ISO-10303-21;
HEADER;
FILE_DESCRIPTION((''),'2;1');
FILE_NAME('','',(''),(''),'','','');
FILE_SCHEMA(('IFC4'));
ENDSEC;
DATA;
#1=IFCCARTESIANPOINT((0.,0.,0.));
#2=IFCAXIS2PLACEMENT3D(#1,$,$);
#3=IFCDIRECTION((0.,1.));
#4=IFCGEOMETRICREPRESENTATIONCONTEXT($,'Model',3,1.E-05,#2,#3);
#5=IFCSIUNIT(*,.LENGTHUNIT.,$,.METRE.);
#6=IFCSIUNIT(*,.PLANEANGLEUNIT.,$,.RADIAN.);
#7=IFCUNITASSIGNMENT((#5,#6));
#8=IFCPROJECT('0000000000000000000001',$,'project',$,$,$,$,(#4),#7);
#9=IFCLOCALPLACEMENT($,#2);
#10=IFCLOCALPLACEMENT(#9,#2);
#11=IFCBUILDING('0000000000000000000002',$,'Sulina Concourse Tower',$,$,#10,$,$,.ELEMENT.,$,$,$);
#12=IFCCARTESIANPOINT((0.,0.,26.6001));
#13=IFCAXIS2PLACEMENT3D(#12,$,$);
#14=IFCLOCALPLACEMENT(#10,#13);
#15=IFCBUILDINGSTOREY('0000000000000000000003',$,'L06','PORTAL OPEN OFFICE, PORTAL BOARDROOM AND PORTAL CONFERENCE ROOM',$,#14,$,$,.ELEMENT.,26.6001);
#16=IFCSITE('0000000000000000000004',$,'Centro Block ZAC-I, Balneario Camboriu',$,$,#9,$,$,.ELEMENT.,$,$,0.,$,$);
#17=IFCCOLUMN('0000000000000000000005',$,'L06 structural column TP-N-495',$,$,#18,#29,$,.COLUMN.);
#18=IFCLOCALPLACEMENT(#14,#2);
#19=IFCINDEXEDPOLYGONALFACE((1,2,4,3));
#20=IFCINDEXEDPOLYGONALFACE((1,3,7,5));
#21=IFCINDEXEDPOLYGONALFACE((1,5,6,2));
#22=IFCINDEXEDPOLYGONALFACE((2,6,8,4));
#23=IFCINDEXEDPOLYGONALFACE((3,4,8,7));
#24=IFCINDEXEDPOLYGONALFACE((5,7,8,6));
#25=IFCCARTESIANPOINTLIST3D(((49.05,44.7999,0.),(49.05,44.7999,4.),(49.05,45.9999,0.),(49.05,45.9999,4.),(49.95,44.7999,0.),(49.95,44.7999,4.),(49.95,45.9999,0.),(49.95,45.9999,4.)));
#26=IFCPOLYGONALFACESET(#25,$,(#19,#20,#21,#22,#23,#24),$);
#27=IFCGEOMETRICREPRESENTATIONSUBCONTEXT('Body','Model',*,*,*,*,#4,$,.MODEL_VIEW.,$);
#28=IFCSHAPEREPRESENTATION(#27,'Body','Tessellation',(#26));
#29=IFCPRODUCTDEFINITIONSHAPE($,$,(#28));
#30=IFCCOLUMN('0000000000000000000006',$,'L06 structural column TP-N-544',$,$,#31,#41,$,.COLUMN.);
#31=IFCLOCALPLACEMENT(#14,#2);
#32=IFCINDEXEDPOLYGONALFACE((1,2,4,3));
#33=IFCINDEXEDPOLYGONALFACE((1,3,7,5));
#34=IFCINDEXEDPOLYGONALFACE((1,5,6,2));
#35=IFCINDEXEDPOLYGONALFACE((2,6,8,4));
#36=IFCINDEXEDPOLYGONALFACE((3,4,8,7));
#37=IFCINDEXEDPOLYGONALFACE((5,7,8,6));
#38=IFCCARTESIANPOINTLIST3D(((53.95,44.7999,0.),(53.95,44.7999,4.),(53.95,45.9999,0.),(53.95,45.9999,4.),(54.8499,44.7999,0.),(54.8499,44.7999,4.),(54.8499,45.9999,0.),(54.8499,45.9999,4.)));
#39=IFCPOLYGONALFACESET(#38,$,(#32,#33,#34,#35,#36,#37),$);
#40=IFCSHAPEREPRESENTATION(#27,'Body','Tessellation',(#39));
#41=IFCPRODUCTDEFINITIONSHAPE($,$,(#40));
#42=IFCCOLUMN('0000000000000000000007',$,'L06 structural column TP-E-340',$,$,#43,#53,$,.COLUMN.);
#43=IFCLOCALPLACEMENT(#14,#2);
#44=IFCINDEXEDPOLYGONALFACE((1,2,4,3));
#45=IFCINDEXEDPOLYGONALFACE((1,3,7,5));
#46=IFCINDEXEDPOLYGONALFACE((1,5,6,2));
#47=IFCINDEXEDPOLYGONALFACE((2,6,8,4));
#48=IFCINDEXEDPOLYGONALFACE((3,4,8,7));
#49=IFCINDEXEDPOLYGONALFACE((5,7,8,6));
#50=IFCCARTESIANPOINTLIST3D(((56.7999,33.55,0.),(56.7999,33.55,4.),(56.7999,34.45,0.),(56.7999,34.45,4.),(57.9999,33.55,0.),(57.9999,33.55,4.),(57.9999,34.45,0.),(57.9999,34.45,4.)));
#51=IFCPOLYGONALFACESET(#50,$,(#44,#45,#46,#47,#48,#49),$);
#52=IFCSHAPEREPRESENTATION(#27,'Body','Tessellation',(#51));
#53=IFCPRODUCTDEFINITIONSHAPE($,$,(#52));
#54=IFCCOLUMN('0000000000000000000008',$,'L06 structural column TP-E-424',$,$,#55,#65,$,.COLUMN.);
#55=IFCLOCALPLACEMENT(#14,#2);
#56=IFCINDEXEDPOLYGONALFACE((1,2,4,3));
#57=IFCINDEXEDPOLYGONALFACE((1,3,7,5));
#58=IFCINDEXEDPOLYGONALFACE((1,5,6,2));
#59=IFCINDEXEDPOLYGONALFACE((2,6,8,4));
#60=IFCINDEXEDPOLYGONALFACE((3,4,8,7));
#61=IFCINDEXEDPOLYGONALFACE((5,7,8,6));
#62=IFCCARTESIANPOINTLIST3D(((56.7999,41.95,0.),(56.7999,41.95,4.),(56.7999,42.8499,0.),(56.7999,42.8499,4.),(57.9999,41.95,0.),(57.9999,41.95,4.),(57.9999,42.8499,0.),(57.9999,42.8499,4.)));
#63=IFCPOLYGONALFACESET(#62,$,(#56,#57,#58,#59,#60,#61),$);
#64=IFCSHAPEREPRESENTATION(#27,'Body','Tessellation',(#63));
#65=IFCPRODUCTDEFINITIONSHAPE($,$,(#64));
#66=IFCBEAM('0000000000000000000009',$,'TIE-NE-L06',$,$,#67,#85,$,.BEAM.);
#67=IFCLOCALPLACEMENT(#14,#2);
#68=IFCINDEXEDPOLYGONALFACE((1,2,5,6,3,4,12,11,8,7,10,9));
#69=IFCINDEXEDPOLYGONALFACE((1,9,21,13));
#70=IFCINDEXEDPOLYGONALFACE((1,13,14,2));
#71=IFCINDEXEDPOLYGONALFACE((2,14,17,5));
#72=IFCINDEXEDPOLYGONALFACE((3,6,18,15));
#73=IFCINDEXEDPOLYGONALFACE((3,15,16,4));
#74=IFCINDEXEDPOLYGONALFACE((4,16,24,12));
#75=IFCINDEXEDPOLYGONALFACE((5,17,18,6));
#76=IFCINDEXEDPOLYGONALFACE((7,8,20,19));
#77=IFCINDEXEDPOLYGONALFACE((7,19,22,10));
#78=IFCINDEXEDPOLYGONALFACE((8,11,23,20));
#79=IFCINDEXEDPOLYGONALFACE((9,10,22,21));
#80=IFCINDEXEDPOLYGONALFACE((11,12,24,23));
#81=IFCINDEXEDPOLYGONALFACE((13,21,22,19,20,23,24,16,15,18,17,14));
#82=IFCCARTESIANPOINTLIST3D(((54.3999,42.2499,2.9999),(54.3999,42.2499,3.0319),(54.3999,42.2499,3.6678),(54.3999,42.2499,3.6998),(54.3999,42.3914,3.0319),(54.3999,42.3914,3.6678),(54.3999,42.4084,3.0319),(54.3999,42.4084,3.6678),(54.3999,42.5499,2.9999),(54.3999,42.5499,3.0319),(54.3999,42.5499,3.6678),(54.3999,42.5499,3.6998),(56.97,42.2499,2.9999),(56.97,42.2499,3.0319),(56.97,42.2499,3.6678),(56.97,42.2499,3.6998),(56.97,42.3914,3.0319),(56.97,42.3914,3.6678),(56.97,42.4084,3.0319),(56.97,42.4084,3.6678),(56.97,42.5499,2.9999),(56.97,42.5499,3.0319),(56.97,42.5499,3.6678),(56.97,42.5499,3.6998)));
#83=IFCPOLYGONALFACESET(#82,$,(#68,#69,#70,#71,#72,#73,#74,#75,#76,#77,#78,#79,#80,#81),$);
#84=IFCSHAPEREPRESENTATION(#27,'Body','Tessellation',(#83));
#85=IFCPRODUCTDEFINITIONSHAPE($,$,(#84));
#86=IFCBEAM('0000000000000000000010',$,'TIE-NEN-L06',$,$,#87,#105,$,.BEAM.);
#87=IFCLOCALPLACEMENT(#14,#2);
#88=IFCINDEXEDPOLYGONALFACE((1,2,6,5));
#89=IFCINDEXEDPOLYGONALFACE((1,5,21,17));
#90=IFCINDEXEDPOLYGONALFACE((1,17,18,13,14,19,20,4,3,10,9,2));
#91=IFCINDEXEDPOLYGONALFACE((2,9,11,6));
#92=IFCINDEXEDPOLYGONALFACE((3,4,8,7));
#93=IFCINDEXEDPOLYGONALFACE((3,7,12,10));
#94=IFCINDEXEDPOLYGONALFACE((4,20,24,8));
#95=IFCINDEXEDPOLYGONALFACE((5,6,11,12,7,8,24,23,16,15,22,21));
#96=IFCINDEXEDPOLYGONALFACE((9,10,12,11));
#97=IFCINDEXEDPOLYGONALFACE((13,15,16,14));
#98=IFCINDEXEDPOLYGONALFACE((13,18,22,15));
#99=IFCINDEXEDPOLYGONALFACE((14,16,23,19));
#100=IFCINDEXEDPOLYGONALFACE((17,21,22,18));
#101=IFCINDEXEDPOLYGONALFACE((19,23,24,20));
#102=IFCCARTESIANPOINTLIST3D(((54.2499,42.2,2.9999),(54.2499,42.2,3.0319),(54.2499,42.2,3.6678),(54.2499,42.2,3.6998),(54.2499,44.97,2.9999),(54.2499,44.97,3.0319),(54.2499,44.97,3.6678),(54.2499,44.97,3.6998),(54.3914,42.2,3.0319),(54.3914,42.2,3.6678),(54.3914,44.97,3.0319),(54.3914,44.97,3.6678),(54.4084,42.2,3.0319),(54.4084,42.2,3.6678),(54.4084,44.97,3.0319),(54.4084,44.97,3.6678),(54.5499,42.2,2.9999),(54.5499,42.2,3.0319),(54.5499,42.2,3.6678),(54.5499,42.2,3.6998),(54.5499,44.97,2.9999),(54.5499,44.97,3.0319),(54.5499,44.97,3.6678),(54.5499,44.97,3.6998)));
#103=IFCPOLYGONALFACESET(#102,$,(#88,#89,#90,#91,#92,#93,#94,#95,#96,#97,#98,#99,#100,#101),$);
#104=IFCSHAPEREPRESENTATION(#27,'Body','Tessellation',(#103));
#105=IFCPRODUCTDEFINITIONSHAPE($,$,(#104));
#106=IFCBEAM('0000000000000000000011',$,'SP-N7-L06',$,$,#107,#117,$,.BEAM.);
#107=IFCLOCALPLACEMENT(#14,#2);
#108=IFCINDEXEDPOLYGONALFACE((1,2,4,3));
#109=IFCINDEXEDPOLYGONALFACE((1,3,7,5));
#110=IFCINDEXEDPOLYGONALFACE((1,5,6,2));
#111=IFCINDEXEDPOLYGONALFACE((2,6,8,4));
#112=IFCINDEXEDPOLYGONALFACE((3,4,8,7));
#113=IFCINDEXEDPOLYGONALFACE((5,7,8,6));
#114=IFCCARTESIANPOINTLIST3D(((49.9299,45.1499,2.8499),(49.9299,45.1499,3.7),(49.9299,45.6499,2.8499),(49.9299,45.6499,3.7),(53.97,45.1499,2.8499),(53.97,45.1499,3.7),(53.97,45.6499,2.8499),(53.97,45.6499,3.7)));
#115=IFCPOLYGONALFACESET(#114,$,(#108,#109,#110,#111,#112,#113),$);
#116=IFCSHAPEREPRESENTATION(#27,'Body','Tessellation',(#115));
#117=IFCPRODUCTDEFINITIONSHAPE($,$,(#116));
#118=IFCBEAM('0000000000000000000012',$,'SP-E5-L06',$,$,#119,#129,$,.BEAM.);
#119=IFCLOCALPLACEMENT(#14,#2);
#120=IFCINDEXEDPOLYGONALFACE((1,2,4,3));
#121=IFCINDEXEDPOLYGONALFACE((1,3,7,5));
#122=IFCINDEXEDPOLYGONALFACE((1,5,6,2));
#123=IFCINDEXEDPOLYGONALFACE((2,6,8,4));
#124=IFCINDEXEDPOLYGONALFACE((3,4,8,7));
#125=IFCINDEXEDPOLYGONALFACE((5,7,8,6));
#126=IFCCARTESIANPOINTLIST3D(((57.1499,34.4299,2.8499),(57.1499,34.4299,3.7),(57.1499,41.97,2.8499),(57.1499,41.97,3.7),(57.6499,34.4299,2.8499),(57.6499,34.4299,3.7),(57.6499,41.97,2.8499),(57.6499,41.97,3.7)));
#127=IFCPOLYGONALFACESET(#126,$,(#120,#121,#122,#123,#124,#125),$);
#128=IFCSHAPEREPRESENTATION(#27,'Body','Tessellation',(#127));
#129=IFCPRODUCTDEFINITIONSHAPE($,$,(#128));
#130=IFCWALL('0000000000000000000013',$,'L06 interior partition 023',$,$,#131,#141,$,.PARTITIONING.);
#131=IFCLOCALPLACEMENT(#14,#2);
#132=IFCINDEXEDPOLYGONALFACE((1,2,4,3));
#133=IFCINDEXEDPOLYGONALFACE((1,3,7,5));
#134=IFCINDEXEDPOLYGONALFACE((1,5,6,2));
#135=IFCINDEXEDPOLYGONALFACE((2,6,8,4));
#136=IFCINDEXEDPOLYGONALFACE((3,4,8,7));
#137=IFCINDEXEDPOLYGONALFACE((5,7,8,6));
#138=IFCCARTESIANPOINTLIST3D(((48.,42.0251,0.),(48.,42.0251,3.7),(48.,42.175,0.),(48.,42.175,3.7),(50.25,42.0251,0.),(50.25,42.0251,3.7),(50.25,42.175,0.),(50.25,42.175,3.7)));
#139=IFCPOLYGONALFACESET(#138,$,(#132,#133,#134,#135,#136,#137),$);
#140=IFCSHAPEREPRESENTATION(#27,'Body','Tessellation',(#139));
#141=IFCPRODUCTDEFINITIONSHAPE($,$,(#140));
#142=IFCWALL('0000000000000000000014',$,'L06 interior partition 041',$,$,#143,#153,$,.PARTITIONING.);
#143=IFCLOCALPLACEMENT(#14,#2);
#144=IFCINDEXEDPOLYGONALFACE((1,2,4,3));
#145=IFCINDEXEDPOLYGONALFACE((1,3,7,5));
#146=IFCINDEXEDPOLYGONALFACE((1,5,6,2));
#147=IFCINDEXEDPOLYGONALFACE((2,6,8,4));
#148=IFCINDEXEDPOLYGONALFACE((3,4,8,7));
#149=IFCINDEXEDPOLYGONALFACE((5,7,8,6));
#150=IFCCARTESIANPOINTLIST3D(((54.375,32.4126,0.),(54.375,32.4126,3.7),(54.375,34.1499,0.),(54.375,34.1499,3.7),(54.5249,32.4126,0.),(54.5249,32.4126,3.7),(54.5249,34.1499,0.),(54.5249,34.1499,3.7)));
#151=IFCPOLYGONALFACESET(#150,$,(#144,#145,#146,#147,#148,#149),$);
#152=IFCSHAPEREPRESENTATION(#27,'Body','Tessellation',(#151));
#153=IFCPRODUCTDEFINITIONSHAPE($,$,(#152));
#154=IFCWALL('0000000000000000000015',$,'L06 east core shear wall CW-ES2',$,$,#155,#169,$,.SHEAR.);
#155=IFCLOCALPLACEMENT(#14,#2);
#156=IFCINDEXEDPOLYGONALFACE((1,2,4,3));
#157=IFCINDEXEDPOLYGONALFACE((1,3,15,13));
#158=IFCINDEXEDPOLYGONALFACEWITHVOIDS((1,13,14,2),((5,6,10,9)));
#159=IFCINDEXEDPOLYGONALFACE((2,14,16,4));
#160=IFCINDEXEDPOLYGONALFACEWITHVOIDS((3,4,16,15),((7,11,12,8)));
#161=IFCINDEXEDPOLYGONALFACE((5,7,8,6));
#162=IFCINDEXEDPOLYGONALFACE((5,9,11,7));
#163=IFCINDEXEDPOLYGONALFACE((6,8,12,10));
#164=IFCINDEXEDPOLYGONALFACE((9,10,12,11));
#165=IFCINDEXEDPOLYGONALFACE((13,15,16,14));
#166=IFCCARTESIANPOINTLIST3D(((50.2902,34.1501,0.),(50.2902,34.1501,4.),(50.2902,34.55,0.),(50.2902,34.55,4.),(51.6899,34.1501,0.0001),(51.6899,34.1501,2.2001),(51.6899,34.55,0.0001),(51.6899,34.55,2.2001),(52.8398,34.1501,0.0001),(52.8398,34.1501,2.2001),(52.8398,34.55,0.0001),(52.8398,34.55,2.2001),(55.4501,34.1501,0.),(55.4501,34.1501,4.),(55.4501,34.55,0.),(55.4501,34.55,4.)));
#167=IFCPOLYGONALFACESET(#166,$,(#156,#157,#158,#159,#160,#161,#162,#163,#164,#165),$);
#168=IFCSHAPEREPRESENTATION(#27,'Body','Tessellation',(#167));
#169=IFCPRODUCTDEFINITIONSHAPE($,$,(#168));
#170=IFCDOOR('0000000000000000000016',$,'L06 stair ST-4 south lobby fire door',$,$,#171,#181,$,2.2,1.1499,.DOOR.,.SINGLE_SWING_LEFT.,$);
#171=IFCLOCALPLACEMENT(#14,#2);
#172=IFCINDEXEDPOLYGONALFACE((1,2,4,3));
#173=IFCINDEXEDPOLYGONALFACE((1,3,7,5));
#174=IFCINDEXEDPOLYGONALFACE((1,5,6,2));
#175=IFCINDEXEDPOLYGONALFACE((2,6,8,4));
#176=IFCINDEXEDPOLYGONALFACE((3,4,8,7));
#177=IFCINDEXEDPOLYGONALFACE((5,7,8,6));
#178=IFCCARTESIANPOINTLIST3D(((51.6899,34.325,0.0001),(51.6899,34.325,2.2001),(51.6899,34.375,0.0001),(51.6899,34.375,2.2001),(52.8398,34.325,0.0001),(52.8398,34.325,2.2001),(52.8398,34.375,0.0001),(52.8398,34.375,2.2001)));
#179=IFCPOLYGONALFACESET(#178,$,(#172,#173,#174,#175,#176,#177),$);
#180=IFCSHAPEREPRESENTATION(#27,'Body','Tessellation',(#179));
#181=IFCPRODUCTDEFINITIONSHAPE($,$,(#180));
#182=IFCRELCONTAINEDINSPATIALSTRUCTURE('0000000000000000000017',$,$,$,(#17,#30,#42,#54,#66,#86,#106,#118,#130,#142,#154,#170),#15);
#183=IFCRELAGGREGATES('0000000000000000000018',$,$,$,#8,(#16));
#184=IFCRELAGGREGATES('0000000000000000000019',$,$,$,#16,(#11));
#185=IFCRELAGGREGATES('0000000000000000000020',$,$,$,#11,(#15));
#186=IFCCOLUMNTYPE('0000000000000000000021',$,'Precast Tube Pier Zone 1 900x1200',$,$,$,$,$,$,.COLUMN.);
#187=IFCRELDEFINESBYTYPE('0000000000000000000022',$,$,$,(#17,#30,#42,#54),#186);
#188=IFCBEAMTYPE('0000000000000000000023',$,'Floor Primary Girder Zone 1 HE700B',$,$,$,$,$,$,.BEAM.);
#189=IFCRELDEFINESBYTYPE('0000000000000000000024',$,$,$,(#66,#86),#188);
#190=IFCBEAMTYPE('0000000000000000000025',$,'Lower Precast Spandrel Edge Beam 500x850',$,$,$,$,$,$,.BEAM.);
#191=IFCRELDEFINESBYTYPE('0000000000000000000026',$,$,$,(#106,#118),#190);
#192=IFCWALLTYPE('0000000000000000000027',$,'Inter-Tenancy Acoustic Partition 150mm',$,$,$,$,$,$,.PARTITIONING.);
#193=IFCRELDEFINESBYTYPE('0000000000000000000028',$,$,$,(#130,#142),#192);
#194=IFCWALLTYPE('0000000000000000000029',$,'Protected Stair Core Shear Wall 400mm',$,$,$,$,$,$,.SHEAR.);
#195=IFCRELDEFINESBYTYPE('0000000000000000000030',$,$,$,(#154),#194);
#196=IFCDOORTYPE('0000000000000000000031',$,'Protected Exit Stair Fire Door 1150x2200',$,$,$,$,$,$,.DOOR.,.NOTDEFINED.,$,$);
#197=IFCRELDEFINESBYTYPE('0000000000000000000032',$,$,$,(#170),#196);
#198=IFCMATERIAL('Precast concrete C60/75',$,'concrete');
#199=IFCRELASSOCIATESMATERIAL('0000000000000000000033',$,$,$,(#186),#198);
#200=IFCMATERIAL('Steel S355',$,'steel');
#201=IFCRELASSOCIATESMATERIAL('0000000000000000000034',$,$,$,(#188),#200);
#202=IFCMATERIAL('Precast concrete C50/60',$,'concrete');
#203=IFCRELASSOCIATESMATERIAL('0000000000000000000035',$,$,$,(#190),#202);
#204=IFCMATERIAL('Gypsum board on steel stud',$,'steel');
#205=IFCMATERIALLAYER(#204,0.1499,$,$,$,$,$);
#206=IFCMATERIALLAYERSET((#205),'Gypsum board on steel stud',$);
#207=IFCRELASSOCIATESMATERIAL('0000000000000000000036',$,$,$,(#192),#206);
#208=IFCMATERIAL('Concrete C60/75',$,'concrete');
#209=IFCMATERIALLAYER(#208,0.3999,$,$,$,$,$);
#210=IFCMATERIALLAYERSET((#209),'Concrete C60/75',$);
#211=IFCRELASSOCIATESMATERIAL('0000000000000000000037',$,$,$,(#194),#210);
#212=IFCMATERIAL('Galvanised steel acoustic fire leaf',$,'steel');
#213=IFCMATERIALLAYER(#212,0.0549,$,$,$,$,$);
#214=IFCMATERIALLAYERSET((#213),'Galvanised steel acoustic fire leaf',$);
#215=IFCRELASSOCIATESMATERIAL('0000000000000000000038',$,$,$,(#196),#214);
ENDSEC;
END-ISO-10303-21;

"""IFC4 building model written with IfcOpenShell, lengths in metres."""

from ifc_helpers import new_model, si_unit, direction, frame, frame_2d, origin, origin_2d, place, context, subcontext, project, spatial, rectangle, i_section, extrude, material, layer, layer_set, material_profile, profile_set, type_object, element, fill, save


model = new_model("IFC4")

# Units and contexts
model_context = context("Model", 3, precision=1e-05, world=origin(), true_north=direction((0.0, 1.0)))
body_context = subcontext(model_context, "Body", "Model", "MODEL_VIEW")
ifc_project = project(units=[si_unit("LENGTHUNIT", "METRE"), si_unit("PLANEANGLEUNIT", "RADIAN")], contexts=[model_context])

# Site, building, storey
site_placement = place(None, origin())
site = spatial("IfcSite", under=ifc_project, at=site_placement, Name="Centro Block ZAC-I, Balneario Camboriu", CompositionType="ELEMENT", RefElevation=0.0)
building_placement = place(site_placement, origin())
building = spatial("IfcBuilding", under=site, at=building_placement, Name="Sulina Concourse Tower", CompositionType="ELEMENT")
storey_placement = place(building_placement, frame((0.0, 0.0, 26.6001)))
storey = spatial("IfcBuildingStorey", under=building, at=storey_placement, Name="L06", Description="PORTAL OPEN OFFICE, PORTAL BOARDROOM AND PORTAL CONFERENCE ROOM", CompositionType="ELEMENT", Elevation=26.6001)

# Columns
ifc_material_1 = material(Name="Precast concrete C60/75", Category="concrete")
ifc_material_profile_1 = material_profile(ifc_material_1, rectangle(XDim=0.8999, YDim=1.2, at=origin_2d()), Name="PC 900x1200")
ifc_profile_set_1 = profile_set([ifc_material_profile_1], Name="Precast concrete C60/75")
column_type = type_object("IfcColumnType", Name="Precast Tube Pier Zone 1 900x1200", PredefinedType="COLUMN", material=ifc_profile_set_1)
for number, where, z_axis, x_axis, name in (
    (1, (49.5, 45.3999, 0.0), (0.0, 0.0, 1.0), (1.0, 0.0, 0.0), "L06 structural column TP-N-495"),
    (2, (54.3999, 45.3999, 0.0), (0.0, 0.0, 1.0), (1.0, 0.0, 0.0), "L06 structural column TP-N-544"),
    (3, (57.3999, 34.0, 0.0), (0.0, 0.0, 1.0), (0.0, 1.0, 0.0), "L06 structural column TP-E-340"),
    (4, (57.3999, 42.3999, 0.0), (0.0, 0.0, 1.0), (0.0, 1.0, 0.0), "L06 structural column TP-E-424"),
):
    element("IfcColumn", number, at=place(storey_placement, frame(where, z_axis=z_axis, x_axis=x_axis)), inside=storey, type_object=column_type, Name=name, PredefinedType="COLUMN", context=body_context, shape_type="SweptSolid", body=[
        extrude(rectangle(XDim=0.8999, YDim=1.2, at=origin_2d()), origin(), (0.0, 0.0, 1.0), 4.0),
    ])

# Beams
ifc_material_2 = material(Name="Steel S355", Category="steel")
ifc_material_profile_2 = material_profile(ifc_material_2, i_section(OverallWidth=0.3, OverallDepth=0.7, WebThickness=0.0171, FlangeThickness=0.032, at=origin_2d()), Name="HE 700 B")
ifc_profile_set_2 = profile_set([ifc_material_profile_2], Name="Steel S355")
beam_type_1 = type_object("IfcBeamType", Name="Floor Primary Girder Zone 1 HE700B", PredefinedType="BEAM", material=ifc_profile_set_2)
beam_1_placement = place(storey_placement, frame((54.3999, 42.3999, 3.3499), z_axis=(1.0, 0.0, 0.0), x_axis=(0.0, 1.0, 0.0)))
element("IfcBeam", 5, at=beam_1_placement, inside=storey, type_object=beam_type_1, Name="TIE-NE-L06", PredefinedType="BEAM", context=body_context, shape_type="SweptSolid", body=[
    extrude(i_section(OverallWidth=0.3, OverallDepth=0.7, WebThickness=0.0171, FlangeThickness=0.032, at=origin_2d()), origin(), (0.0, 0.0, 1.0), 2.5701),
])
beam_2_placement = place(storey_placement, frame((54.3999, 42.2, 3.3499), z_axis=(0.0, 1.0, 0.0), x_axis=(-1.0, 0.0, 0.0)))
element("IfcBeam", 6, at=beam_2_placement, inside=storey, type_object=beam_type_1, Name="TIE-NEN-L06", PredefinedType="BEAM", context=body_context, shape_type="SweptSolid", body=[
    extrude(i_section(OverallWidth=0.3, OverallDepth=0.7, WebThickness=0.0171, FlangeThickness=0.032, at=origin_2d()), origin(), (0.0, 0.0, 1.0), 2.77),
])
ifc_material_3 = material(Name="Precast concrete C50/60", Category="concrete")
ifc_material_profile_3 = material_profile(ifc_material_3, rectangle(XDim=0.5, YDim=0.8501, at=origin_2d()), Name="RC 500x850")
ifc_profile_set_3 = profile_set([ifc_material_profile_3], Name="Precast concrete C50/60")
beam_type_2 = type_object("IfcBeamType", Name="Lower Precast Spandrel Edge Beam 500x850", PredefinedType="BEAM", material=ifc_profile_set_3)
beam_3_placement = place(storey_placement, frame((49.9299, 45.3999, 3.2749), z_axis=(1.0, 0.0, 0.0), x_axis=(0.0, 1.0, 0.0)))
element("IfcBeam", 7, at=beam_3_placement, inside=storey, type_object=beam_type_2, Name="SP-N7-L06", PredefinedType="BEAM", context=body_context, shape_type="SweptSolid", body=[
    extrude(rectangle(XDim=0.5, YDim=0.8501, at=origin_2d()), origin(), (0.0, 0.0, 1.0), 4.04),
])
beam_4_placement = place(storey_placement, frame((57.3999, 34.4299, 3.2749), z_axis=(0.0, 1.0, 0.0), x_axis=(-1.0, 0.0, 0.0)))
element("IfcBeam", 8, at=beam_4_placement, inside=storey, type_object=beam_type_2, Name="SP-E5-L06", PredefinedType="BEAM", context=body_context, shape_type="SweptSolid", body=[
    extrude(rectangle(XDim=0.5, YDim=0.8501, at=origin_2d()), origin(), (0.0, 0.0, 1.0), 7.54),
])

# Walls
ifc_material_4 = material(Name="Gypsum board on steel stud", Category="steel")
ifc_layer_1 = layer(ifc_material_4, 0.1499)
ifc_layer_set_1 = layer_set([ifc_layer_1], Name="Gypsum board on steel stud")
wall_type_1 = type_object("IfcWallType", Name="Inter-Tenancy Acoustic Partition 150mm", PredefinedType="PARTITIONING", material=ifc_layer_set_1)
wall_1_placement = place(storey_placement, frame((48.0, 42.1001, 0.0), z_axis=(0.0, 0.0, 1.0), x_axis=(1.0, 0.0, 0.0)))
element("IfcWall", 9, at=wall_1_placement, inside=storey, type_object=wall_type_1, Name="L06 interior partition 023", PredefinedType="PARTITIONING", context=body_context, shape_type="SweptSolid", body=[
    extrude(rectangle(XDim=2.25, YDim=0.1499, at=frame_2d((1.125, 0.0))), origin(), (0.0, 0.0, 1.0), 3.7),
])
wall_2_placement = place(storey_placement, frame((54.45, 32.4126, 0.0), z_axis=(0.0, 0.0, 1.0), x_axis=(0.0, 1.0, 0.0)))
element("IfcWall", 10, at=wall_2_placement, inside=storey, type_object=wall_type_1, Name="L06 interior partition 041", PredefinedType="PARTITIONING", context=body_context, shape_type="SweptSolid", body=[
    extrude(rectangle(XDim=1.7373, YDim=0.1499, at=frame_2d((0.8687, 0.0))), origin(), (0.0, 0.0, 1.0), 3.7),
])

# Wall, opening, door
ifc_material_5 = material(Name="Concrete C60/75", Category="concrete")
ifc_layer_2 = layer(ifc_material_5, 0.3999)
ifc_layer_set_2 = layer_set([ifc_layer_2], Name="Concrete C60/75")
wall_type_2 = type_object("IfcWallType", Name="Protected Stair Core Shear Wall 400mm", PredefinedType="SHEAR", material=ifc_layer_set_2)
wall_3_placement = place(storey_placement, frame((50.29, 34.3501, 0.0), z_axis=(0.0, 0.0, 1.0), x_axis=(1.0, 0.0, 0.0)))
wall_3 = element("IfcWall", 11, at=wall_3_placement, inside=storey, type_object=wall_type_2, Name="L06 east core shear wall CW-ES2", PredefinedType="SHEAR", context=body_context, shape_type="SweptSolid", body=[
    extrude(rectangle(XDim=5.1599, YDim=0.3999, at=frame_2d((2.5801, 0.0))), origin(), (0.0, 0.0, 1.0), 4.0),
])
opening_1_placement = place(wall_3_placement, frame((1.3999, 0.0, 0.0)))
opening_1 = element("IfcOpeningElement", 12, at=opening_1_placement, cuts=wall_3, PredefinedType="OPENING", context=body_context, shape_type="SweptSolid", body=[
    extrude(rectangle(XDim=1.1499, YDim=2.2, at=frame_2d((0.575, 1.1001))), frame((0.0, 0.21, 0.0), z_axis=(0.0, -1.0, 0.0), x_axis=(1.0, 0.0, 0.0)), (0.0, 0.0, 1.0), 0.4199),
])
ifc_material_6 = material(Name="Galvanised steel acoustic fire leaf", Category="steel")
ifc_layer_3 = layer(ifc_material_6, 0.0549)
ifc_layer_set_3 = layer_set([ifc_layer_3], Name="Galvanised steel acoustic fire leaf")
door_type_1 = type_object("IfcDoorType", Name="Protected Exit Stair Fire Door 1150x2200", OperationType="NOTDEFINED", PredefinedType="DOOR", material=ifc_layer_set_3)
door_1_placement = place(opening_1_placement, origin())
door_1 = element("IfcDoor", 13, at=door_1_placement, inside=storey, type_object=door_type_1, Name="L06 stair ST-4 south lobby fire door", OperationType="SINGLE_SWING_LEFT", OverallHeight=2.2, OverallWidth=1.1499, PredefinedType="DOOR", context=body_context, shape_type="SweptSolid", body=[
    extrude(rectangle(XDim=1.1499, YDim=2.2, at=frame_2d((0.575, 1.1001))), frame((0.0, 0.0249, 0.0), z_axis=(0.0, -1.0, 0.0), x_axis=(1.0, 0.0, 0.0)), (0.0, 0.0, 1.0), 0.05),
])
fill(opening_1, door_1)

save(model, "model.ifc")
